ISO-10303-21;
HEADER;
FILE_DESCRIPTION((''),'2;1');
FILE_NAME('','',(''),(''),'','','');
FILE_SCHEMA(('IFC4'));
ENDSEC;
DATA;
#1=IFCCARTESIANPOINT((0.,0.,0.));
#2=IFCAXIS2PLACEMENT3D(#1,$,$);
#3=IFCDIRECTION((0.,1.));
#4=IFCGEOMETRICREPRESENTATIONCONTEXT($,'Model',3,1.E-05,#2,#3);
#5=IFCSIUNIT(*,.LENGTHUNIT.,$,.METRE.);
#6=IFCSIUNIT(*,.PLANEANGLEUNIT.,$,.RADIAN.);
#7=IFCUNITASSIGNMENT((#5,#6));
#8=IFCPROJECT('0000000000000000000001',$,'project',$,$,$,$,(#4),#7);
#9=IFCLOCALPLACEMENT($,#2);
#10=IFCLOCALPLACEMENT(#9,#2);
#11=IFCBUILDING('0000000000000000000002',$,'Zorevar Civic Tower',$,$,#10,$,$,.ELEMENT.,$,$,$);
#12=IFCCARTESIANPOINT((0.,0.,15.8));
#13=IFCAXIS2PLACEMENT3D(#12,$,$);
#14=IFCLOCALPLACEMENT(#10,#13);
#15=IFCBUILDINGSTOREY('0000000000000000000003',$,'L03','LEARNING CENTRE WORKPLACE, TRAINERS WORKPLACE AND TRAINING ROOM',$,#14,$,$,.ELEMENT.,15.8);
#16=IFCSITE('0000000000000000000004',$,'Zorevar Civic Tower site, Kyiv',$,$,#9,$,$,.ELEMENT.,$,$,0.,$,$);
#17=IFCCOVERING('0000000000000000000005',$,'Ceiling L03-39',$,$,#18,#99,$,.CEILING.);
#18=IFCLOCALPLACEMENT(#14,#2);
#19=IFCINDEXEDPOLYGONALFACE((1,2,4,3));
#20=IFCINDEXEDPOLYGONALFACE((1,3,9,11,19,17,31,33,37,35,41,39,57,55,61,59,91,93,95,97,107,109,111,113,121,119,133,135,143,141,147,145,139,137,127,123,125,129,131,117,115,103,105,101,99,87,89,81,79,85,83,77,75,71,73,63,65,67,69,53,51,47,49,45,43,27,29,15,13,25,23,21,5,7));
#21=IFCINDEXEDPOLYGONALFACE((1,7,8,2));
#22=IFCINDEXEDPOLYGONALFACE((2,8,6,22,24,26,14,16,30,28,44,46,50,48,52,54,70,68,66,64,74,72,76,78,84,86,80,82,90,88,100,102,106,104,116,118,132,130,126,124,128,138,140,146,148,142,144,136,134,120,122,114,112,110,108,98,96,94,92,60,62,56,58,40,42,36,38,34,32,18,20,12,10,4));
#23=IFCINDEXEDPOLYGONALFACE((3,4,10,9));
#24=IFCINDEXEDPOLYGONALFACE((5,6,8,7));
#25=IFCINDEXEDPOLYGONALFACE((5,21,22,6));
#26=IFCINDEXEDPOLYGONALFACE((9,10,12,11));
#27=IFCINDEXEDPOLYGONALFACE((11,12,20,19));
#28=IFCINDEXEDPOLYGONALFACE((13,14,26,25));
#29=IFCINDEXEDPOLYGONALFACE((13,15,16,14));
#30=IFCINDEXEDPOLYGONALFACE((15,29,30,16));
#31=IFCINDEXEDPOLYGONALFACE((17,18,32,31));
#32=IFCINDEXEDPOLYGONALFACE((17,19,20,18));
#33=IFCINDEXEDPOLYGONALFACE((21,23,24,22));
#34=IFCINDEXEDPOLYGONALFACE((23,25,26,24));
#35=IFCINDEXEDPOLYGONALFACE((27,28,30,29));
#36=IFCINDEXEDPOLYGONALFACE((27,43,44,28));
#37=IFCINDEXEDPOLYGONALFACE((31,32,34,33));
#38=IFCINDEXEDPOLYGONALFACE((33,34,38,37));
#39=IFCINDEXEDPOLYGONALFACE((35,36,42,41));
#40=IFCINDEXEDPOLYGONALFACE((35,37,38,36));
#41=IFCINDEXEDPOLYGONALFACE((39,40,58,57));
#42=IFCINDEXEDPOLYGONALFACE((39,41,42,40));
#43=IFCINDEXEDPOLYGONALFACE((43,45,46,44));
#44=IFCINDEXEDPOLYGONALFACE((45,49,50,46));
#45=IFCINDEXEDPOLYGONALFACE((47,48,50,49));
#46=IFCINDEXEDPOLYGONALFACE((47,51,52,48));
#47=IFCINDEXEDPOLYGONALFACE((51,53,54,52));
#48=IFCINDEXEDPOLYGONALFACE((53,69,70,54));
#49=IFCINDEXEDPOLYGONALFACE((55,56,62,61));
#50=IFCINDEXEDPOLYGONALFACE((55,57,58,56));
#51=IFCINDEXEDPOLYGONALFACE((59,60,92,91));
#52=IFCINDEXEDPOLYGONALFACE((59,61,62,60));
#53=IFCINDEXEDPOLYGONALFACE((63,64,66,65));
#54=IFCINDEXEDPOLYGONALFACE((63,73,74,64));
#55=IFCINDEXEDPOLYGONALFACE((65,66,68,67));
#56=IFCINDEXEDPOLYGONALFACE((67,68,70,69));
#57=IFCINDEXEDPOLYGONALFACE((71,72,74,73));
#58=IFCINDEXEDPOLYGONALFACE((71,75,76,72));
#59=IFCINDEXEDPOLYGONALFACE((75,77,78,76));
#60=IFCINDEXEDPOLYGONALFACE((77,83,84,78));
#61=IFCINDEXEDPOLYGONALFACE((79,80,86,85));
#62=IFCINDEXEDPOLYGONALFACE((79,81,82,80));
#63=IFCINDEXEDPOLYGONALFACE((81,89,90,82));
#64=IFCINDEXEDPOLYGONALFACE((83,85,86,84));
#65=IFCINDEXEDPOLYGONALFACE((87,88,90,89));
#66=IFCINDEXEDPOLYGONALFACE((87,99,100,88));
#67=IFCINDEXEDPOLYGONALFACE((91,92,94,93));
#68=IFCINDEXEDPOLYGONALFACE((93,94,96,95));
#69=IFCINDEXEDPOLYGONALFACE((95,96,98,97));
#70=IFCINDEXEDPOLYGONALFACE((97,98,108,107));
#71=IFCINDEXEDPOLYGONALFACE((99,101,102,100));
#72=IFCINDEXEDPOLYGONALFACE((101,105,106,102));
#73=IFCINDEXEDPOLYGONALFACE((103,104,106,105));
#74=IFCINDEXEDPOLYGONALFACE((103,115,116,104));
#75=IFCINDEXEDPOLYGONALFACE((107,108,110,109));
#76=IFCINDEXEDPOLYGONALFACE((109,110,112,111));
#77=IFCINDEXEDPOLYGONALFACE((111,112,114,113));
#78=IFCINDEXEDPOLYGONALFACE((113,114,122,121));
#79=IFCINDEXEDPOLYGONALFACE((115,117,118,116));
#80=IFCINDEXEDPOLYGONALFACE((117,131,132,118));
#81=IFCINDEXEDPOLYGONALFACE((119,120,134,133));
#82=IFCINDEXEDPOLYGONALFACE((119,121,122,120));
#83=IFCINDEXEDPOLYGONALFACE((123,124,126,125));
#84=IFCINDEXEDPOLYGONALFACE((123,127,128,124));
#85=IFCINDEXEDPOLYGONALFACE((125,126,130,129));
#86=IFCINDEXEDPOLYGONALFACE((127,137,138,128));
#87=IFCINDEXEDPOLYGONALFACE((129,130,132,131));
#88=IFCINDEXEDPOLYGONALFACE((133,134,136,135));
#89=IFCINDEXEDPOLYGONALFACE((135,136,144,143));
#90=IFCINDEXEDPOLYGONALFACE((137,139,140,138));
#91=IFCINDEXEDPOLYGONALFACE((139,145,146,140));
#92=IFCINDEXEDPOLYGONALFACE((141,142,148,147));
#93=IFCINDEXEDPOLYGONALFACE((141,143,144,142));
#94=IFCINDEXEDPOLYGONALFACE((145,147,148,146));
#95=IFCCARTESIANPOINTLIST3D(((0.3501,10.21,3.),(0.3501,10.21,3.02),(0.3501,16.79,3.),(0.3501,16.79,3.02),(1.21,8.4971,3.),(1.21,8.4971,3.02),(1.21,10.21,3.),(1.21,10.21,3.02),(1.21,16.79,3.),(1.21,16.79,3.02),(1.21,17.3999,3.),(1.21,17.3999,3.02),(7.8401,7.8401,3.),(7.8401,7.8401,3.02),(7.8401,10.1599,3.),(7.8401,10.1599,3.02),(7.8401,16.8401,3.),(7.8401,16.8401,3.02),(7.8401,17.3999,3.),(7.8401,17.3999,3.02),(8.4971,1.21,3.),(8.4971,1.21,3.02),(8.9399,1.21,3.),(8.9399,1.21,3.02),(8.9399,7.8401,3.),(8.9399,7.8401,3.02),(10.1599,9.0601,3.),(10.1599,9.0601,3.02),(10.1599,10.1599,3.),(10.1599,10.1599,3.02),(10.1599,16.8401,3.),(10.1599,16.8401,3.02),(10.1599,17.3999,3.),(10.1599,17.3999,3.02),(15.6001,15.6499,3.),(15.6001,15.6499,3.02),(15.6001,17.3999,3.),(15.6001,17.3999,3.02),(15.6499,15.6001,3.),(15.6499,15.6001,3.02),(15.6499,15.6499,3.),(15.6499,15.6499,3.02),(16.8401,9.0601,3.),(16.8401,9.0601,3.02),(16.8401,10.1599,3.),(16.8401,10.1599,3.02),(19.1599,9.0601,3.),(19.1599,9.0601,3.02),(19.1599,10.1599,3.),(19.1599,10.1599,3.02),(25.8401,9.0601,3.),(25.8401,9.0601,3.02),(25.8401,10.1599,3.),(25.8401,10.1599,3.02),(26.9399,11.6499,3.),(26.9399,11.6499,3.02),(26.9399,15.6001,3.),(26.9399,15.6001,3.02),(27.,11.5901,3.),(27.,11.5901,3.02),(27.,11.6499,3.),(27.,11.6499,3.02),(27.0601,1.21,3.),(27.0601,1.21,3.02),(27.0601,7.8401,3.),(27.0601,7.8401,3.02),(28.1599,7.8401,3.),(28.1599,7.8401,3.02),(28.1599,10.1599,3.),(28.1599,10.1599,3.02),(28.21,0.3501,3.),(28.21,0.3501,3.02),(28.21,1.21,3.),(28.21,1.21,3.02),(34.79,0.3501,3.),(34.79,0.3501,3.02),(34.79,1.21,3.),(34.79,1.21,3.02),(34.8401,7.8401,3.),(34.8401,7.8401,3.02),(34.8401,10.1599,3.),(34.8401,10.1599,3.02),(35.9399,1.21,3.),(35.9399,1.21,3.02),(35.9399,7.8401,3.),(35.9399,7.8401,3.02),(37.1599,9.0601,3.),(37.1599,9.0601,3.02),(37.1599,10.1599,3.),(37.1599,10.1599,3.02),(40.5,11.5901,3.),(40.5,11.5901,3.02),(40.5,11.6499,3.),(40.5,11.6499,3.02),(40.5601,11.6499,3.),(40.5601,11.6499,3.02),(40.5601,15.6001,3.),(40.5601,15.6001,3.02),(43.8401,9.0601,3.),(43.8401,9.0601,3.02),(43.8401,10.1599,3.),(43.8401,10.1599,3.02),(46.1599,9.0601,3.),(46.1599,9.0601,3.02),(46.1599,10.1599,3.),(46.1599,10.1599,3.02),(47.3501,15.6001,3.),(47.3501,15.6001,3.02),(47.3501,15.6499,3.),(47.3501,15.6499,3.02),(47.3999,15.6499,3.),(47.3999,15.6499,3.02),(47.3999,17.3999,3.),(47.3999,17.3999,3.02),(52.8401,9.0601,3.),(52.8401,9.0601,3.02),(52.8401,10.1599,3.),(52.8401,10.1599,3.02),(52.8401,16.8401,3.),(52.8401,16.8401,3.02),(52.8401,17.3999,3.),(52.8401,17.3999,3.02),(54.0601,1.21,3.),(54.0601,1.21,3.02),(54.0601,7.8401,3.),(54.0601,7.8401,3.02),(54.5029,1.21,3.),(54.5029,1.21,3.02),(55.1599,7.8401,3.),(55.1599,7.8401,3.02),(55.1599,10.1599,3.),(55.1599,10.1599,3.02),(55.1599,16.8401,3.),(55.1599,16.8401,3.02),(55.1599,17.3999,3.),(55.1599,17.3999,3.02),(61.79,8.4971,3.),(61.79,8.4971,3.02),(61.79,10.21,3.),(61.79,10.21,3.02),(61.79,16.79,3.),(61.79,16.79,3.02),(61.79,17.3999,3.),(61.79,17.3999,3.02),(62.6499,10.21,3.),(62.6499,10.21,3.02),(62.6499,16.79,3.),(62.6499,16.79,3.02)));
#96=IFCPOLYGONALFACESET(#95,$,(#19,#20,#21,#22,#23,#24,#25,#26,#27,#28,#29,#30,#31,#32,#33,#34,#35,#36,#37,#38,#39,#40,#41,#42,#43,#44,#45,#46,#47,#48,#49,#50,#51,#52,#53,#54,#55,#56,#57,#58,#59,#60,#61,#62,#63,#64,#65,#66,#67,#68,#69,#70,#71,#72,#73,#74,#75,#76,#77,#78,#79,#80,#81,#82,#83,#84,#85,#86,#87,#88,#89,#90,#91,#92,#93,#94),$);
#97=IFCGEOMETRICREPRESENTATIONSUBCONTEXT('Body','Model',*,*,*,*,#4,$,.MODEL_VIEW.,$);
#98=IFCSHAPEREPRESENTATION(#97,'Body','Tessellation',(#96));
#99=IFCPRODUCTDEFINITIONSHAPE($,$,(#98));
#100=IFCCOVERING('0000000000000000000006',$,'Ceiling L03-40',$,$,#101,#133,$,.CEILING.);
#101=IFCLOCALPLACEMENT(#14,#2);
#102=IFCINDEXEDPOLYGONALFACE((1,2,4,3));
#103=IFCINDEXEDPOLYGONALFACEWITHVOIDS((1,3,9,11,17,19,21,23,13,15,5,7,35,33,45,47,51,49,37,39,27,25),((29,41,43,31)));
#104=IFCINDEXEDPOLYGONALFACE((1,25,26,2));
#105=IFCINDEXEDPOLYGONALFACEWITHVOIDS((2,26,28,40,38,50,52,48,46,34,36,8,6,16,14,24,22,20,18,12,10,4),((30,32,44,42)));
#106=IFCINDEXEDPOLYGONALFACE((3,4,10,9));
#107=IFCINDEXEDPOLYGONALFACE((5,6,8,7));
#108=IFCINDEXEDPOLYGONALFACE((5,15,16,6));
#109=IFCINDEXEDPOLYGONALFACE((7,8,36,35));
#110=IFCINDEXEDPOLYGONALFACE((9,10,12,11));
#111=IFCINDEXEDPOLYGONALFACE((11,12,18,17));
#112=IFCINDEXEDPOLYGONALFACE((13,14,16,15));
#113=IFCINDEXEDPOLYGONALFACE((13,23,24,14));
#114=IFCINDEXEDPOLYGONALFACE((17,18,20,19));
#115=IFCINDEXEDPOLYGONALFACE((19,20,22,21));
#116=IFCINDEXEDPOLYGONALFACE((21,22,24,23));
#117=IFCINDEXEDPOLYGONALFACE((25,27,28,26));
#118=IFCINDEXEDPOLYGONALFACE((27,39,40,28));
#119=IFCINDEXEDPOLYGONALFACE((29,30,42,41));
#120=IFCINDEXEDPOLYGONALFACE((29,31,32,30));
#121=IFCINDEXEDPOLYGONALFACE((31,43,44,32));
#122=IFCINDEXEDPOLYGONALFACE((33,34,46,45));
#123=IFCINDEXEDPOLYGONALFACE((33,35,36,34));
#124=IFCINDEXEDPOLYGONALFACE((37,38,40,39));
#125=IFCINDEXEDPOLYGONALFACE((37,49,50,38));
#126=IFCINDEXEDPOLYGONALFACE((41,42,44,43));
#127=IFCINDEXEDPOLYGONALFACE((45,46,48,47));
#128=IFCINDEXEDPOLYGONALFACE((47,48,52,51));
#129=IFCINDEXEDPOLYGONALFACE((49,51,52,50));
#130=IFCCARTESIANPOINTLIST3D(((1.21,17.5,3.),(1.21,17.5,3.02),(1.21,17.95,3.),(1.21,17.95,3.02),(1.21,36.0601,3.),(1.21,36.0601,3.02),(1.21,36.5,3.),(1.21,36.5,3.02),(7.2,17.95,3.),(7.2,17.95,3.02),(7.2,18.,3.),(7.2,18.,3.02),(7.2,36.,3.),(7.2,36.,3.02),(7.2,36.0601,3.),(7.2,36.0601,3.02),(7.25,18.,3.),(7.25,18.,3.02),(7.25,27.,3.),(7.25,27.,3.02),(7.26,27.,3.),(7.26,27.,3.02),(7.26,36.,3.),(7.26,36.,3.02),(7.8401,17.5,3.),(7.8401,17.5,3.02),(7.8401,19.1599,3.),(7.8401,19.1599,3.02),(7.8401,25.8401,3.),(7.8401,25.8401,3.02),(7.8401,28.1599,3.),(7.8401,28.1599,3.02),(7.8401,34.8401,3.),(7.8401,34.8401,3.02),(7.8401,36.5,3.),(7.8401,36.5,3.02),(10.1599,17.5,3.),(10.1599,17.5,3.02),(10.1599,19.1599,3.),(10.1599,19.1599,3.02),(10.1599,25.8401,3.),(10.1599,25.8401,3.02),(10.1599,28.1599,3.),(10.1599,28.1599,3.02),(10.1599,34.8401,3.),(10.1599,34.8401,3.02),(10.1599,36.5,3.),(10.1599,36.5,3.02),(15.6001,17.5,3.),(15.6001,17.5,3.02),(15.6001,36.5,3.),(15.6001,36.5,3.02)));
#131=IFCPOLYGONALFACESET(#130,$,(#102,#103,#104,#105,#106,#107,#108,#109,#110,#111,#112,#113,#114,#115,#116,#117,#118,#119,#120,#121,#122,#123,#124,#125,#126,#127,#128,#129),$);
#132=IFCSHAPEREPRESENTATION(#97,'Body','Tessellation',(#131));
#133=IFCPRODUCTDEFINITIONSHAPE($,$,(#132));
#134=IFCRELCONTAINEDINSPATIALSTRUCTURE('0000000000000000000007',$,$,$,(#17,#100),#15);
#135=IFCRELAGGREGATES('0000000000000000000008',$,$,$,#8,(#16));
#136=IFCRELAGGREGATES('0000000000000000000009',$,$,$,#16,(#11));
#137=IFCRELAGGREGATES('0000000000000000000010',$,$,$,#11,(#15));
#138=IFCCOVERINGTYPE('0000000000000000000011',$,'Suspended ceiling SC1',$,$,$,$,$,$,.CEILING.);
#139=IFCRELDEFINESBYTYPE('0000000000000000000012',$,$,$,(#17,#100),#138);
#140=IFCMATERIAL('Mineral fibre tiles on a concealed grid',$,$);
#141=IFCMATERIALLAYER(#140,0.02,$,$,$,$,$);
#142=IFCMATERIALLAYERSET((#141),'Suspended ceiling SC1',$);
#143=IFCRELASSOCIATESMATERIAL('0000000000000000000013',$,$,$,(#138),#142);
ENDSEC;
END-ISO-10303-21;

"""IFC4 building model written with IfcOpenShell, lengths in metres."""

from ifc_helpers import new_model, si_unit, direction, frame, origin, place, context, subcontext, project, spatial, polyline, outline, extrude, material, layer, layer_set, type_object, element, save


model = new_model("IFC4")

# Units and contexts
model_context = context("Model", 3, precision=1e-05, world=origin(), true_north=direction((0.0, 1.0)))
body_context = subcontext(model_context, "Body", "Model", "MODEL_VIEW")
ifc_project = project(units=[si_unit("LENGTHUNIT", "METRE"), si_unit("PLANEANGLEUNIT", "RADIAN")], contexts=[model_context])

# Site, building, storey
site_placement = place(None, origin())
site = spatial("IfcSite", under=ifc_project, at=site_placement, Name="Zorevar Civic Tower site, Kyiv", CompositionType="ELEMENT", RefElevation=0.0)
building_placement = place(site_placement, origin())
building = spatial("IfcBuilding", under=site, at=building_placement, Name="Zorevar Civic Tower", CompositionType="ELEMENT")
storey_placement = place(building_placement, frame((0.0, 0.0, 15.8)))
storey = spatial("IfcBuildingStorey", under=building, at=storey_placement, Name="L03", Description="LEARNING CENTRE WORKPLACE, TRAINERS WORKPLACE AND TRAINING ROOM", CompositionType="ELEMENT", Elevation=15.8)

# Coverings
ifc_material_1 = material(Name="Mineral fibre tiles on a concealed grid")
ifc_layer_1 = layer(ifc_material_1, 0.02)
ifc_layer_set_1 = layer_set([ifc_layer_1], Name="Suspended ceiling SC1")
covering_type_1 = type_object("IfcCoveringType", Name="Suspended ceiling SC1", PredefinedType="CEILING", material=ifc_layer_set_1)
covering_1_placement = place(storey_placement, frame((0.0, 0.0, 3.0)))
element("IfcCovering", 1, at=covering_1_placement, inside=storey, type_object=covering_type_1, Name="Ceiling L03-39", PredefinedType="CEILING", context=body_context, shape_type="SweptSolid", body=[
    extrude(outline(polyline([(47.3501, 15.6499), (47.3999, 15.6499), (47.3999, 17.3999), (52.8401, 17.3999), (52.8401, 16.8401), (55.1599, 16.8401), (55.1599, 17.3999), (61.79, 17.3999), (61.79, 16.79), (62.6499, 16.79), (62.6499, 10.21), (61.79, 10.21), (61.79, 8.4971), (54.5029, 1.21), (54.0601, 1.21), (54.0601, 7.8401), (55.1599, 7.8401), (55.1599, 10.1599), (52.8401, 10.1599), (52.8401, 9.0601), (46.1599, 9.0601), (46.1599, 10.1599), (43.8401, 10.1599), (43.8401, 9.0601), (37.1599, 9.0601), (37.1599, 10.1599), (34.8401, 10.1599), (34.8401, 7.8401), (35.9399, 7.8401), (35.9399, 1.21), (34.79, 1.21), (34.79, 0.3501), (28.21, 0.3501), (28.21, 1.21), (27.0601, 1.21), (27.0601, 7.8401), (28.1599, 7.8401), (28.1599, 10.1599), (25.8401, 10.1599), (25.8401, 9.0601), (19.1599, 9.0601), (19.1599, 10.1599), (16.8401, 10.1599), (16.8401, 9.0601), (10.1599, 9.0601), (10.1599, 10.1599), (7.8401, 10.1599), (7.8401, 7.8401), (8.9399, 7.8401), (8.9399, 1.21), (8.4971, 1.21), (1.21, 8.4971), (1.21, 10.21), (0.3501, 10.21), (0.3501, 16.79), (1.21, 16.79), (1.21, 17.3999), (7.8401, 17.3999), (7.8401, 16.8401), (10.1599, 16.8401), (10.1599, 17.3999), (15.6001, 17.3999), (15.6001, 15.6499), (15.6499, 15.6499), (15.6499, 15.6001), (26.9399, 15.6001), (26.9399, 11.6499), (27.0, 11.6499), (27.0, 11.5901), (40.5, 11.5901), (40.5, 11.6499), (40.5601, 11.6499), (40.5601, 15.6001), (47.3501, 15.6001), (47.3501, 15.6499)])), origin(), (0.0, 0.0, 1.0), 0.02),
])
covering_2_placement = place(storey_placement, frame((0.0, 0.0, 3.0)))
element("IfcCovering", 2, at=covering_2_placement, inside=storey, type_object=covering_type_1, Name="Ceiling L03-40", PredefinedType="CEILING", context=body_context, shape_type="SweptSolid", body=[
    extrude(outline(polyline([(7.8401, 36.5), (7.8401, 34.8401), (10.1599, 34.8401), (10.1599, 36.5), (15.6001, 36.5), (15.6001, 17.5), (10.1599, 17.5), (10.1599, 19.1599), (7.8401, 19.1599), (7.8401, 17.5), (1.21, 17.5), (1.21, 17.95), (7.2, 17.95), (7.2, 18.0), (7.25, 18.0), (7.25, 27.0), (7.26, 27.0), (7.26, 36.0), (7.2, 36.0), (7.2, 36.0601), (1.21, 36.0601), (1.21, 36.5), (7.8401, 36.5)]), holes=[polyline([(7.8401, 28.1599), (7.8401, 25.8401), (10.1599, 25.8401), (10.1599, 28.1599), (7.8401, 28.1599)])]), origin(), (0.0, 0.0, 1.0), 0.02),
])

save(model, "model.ifc")
